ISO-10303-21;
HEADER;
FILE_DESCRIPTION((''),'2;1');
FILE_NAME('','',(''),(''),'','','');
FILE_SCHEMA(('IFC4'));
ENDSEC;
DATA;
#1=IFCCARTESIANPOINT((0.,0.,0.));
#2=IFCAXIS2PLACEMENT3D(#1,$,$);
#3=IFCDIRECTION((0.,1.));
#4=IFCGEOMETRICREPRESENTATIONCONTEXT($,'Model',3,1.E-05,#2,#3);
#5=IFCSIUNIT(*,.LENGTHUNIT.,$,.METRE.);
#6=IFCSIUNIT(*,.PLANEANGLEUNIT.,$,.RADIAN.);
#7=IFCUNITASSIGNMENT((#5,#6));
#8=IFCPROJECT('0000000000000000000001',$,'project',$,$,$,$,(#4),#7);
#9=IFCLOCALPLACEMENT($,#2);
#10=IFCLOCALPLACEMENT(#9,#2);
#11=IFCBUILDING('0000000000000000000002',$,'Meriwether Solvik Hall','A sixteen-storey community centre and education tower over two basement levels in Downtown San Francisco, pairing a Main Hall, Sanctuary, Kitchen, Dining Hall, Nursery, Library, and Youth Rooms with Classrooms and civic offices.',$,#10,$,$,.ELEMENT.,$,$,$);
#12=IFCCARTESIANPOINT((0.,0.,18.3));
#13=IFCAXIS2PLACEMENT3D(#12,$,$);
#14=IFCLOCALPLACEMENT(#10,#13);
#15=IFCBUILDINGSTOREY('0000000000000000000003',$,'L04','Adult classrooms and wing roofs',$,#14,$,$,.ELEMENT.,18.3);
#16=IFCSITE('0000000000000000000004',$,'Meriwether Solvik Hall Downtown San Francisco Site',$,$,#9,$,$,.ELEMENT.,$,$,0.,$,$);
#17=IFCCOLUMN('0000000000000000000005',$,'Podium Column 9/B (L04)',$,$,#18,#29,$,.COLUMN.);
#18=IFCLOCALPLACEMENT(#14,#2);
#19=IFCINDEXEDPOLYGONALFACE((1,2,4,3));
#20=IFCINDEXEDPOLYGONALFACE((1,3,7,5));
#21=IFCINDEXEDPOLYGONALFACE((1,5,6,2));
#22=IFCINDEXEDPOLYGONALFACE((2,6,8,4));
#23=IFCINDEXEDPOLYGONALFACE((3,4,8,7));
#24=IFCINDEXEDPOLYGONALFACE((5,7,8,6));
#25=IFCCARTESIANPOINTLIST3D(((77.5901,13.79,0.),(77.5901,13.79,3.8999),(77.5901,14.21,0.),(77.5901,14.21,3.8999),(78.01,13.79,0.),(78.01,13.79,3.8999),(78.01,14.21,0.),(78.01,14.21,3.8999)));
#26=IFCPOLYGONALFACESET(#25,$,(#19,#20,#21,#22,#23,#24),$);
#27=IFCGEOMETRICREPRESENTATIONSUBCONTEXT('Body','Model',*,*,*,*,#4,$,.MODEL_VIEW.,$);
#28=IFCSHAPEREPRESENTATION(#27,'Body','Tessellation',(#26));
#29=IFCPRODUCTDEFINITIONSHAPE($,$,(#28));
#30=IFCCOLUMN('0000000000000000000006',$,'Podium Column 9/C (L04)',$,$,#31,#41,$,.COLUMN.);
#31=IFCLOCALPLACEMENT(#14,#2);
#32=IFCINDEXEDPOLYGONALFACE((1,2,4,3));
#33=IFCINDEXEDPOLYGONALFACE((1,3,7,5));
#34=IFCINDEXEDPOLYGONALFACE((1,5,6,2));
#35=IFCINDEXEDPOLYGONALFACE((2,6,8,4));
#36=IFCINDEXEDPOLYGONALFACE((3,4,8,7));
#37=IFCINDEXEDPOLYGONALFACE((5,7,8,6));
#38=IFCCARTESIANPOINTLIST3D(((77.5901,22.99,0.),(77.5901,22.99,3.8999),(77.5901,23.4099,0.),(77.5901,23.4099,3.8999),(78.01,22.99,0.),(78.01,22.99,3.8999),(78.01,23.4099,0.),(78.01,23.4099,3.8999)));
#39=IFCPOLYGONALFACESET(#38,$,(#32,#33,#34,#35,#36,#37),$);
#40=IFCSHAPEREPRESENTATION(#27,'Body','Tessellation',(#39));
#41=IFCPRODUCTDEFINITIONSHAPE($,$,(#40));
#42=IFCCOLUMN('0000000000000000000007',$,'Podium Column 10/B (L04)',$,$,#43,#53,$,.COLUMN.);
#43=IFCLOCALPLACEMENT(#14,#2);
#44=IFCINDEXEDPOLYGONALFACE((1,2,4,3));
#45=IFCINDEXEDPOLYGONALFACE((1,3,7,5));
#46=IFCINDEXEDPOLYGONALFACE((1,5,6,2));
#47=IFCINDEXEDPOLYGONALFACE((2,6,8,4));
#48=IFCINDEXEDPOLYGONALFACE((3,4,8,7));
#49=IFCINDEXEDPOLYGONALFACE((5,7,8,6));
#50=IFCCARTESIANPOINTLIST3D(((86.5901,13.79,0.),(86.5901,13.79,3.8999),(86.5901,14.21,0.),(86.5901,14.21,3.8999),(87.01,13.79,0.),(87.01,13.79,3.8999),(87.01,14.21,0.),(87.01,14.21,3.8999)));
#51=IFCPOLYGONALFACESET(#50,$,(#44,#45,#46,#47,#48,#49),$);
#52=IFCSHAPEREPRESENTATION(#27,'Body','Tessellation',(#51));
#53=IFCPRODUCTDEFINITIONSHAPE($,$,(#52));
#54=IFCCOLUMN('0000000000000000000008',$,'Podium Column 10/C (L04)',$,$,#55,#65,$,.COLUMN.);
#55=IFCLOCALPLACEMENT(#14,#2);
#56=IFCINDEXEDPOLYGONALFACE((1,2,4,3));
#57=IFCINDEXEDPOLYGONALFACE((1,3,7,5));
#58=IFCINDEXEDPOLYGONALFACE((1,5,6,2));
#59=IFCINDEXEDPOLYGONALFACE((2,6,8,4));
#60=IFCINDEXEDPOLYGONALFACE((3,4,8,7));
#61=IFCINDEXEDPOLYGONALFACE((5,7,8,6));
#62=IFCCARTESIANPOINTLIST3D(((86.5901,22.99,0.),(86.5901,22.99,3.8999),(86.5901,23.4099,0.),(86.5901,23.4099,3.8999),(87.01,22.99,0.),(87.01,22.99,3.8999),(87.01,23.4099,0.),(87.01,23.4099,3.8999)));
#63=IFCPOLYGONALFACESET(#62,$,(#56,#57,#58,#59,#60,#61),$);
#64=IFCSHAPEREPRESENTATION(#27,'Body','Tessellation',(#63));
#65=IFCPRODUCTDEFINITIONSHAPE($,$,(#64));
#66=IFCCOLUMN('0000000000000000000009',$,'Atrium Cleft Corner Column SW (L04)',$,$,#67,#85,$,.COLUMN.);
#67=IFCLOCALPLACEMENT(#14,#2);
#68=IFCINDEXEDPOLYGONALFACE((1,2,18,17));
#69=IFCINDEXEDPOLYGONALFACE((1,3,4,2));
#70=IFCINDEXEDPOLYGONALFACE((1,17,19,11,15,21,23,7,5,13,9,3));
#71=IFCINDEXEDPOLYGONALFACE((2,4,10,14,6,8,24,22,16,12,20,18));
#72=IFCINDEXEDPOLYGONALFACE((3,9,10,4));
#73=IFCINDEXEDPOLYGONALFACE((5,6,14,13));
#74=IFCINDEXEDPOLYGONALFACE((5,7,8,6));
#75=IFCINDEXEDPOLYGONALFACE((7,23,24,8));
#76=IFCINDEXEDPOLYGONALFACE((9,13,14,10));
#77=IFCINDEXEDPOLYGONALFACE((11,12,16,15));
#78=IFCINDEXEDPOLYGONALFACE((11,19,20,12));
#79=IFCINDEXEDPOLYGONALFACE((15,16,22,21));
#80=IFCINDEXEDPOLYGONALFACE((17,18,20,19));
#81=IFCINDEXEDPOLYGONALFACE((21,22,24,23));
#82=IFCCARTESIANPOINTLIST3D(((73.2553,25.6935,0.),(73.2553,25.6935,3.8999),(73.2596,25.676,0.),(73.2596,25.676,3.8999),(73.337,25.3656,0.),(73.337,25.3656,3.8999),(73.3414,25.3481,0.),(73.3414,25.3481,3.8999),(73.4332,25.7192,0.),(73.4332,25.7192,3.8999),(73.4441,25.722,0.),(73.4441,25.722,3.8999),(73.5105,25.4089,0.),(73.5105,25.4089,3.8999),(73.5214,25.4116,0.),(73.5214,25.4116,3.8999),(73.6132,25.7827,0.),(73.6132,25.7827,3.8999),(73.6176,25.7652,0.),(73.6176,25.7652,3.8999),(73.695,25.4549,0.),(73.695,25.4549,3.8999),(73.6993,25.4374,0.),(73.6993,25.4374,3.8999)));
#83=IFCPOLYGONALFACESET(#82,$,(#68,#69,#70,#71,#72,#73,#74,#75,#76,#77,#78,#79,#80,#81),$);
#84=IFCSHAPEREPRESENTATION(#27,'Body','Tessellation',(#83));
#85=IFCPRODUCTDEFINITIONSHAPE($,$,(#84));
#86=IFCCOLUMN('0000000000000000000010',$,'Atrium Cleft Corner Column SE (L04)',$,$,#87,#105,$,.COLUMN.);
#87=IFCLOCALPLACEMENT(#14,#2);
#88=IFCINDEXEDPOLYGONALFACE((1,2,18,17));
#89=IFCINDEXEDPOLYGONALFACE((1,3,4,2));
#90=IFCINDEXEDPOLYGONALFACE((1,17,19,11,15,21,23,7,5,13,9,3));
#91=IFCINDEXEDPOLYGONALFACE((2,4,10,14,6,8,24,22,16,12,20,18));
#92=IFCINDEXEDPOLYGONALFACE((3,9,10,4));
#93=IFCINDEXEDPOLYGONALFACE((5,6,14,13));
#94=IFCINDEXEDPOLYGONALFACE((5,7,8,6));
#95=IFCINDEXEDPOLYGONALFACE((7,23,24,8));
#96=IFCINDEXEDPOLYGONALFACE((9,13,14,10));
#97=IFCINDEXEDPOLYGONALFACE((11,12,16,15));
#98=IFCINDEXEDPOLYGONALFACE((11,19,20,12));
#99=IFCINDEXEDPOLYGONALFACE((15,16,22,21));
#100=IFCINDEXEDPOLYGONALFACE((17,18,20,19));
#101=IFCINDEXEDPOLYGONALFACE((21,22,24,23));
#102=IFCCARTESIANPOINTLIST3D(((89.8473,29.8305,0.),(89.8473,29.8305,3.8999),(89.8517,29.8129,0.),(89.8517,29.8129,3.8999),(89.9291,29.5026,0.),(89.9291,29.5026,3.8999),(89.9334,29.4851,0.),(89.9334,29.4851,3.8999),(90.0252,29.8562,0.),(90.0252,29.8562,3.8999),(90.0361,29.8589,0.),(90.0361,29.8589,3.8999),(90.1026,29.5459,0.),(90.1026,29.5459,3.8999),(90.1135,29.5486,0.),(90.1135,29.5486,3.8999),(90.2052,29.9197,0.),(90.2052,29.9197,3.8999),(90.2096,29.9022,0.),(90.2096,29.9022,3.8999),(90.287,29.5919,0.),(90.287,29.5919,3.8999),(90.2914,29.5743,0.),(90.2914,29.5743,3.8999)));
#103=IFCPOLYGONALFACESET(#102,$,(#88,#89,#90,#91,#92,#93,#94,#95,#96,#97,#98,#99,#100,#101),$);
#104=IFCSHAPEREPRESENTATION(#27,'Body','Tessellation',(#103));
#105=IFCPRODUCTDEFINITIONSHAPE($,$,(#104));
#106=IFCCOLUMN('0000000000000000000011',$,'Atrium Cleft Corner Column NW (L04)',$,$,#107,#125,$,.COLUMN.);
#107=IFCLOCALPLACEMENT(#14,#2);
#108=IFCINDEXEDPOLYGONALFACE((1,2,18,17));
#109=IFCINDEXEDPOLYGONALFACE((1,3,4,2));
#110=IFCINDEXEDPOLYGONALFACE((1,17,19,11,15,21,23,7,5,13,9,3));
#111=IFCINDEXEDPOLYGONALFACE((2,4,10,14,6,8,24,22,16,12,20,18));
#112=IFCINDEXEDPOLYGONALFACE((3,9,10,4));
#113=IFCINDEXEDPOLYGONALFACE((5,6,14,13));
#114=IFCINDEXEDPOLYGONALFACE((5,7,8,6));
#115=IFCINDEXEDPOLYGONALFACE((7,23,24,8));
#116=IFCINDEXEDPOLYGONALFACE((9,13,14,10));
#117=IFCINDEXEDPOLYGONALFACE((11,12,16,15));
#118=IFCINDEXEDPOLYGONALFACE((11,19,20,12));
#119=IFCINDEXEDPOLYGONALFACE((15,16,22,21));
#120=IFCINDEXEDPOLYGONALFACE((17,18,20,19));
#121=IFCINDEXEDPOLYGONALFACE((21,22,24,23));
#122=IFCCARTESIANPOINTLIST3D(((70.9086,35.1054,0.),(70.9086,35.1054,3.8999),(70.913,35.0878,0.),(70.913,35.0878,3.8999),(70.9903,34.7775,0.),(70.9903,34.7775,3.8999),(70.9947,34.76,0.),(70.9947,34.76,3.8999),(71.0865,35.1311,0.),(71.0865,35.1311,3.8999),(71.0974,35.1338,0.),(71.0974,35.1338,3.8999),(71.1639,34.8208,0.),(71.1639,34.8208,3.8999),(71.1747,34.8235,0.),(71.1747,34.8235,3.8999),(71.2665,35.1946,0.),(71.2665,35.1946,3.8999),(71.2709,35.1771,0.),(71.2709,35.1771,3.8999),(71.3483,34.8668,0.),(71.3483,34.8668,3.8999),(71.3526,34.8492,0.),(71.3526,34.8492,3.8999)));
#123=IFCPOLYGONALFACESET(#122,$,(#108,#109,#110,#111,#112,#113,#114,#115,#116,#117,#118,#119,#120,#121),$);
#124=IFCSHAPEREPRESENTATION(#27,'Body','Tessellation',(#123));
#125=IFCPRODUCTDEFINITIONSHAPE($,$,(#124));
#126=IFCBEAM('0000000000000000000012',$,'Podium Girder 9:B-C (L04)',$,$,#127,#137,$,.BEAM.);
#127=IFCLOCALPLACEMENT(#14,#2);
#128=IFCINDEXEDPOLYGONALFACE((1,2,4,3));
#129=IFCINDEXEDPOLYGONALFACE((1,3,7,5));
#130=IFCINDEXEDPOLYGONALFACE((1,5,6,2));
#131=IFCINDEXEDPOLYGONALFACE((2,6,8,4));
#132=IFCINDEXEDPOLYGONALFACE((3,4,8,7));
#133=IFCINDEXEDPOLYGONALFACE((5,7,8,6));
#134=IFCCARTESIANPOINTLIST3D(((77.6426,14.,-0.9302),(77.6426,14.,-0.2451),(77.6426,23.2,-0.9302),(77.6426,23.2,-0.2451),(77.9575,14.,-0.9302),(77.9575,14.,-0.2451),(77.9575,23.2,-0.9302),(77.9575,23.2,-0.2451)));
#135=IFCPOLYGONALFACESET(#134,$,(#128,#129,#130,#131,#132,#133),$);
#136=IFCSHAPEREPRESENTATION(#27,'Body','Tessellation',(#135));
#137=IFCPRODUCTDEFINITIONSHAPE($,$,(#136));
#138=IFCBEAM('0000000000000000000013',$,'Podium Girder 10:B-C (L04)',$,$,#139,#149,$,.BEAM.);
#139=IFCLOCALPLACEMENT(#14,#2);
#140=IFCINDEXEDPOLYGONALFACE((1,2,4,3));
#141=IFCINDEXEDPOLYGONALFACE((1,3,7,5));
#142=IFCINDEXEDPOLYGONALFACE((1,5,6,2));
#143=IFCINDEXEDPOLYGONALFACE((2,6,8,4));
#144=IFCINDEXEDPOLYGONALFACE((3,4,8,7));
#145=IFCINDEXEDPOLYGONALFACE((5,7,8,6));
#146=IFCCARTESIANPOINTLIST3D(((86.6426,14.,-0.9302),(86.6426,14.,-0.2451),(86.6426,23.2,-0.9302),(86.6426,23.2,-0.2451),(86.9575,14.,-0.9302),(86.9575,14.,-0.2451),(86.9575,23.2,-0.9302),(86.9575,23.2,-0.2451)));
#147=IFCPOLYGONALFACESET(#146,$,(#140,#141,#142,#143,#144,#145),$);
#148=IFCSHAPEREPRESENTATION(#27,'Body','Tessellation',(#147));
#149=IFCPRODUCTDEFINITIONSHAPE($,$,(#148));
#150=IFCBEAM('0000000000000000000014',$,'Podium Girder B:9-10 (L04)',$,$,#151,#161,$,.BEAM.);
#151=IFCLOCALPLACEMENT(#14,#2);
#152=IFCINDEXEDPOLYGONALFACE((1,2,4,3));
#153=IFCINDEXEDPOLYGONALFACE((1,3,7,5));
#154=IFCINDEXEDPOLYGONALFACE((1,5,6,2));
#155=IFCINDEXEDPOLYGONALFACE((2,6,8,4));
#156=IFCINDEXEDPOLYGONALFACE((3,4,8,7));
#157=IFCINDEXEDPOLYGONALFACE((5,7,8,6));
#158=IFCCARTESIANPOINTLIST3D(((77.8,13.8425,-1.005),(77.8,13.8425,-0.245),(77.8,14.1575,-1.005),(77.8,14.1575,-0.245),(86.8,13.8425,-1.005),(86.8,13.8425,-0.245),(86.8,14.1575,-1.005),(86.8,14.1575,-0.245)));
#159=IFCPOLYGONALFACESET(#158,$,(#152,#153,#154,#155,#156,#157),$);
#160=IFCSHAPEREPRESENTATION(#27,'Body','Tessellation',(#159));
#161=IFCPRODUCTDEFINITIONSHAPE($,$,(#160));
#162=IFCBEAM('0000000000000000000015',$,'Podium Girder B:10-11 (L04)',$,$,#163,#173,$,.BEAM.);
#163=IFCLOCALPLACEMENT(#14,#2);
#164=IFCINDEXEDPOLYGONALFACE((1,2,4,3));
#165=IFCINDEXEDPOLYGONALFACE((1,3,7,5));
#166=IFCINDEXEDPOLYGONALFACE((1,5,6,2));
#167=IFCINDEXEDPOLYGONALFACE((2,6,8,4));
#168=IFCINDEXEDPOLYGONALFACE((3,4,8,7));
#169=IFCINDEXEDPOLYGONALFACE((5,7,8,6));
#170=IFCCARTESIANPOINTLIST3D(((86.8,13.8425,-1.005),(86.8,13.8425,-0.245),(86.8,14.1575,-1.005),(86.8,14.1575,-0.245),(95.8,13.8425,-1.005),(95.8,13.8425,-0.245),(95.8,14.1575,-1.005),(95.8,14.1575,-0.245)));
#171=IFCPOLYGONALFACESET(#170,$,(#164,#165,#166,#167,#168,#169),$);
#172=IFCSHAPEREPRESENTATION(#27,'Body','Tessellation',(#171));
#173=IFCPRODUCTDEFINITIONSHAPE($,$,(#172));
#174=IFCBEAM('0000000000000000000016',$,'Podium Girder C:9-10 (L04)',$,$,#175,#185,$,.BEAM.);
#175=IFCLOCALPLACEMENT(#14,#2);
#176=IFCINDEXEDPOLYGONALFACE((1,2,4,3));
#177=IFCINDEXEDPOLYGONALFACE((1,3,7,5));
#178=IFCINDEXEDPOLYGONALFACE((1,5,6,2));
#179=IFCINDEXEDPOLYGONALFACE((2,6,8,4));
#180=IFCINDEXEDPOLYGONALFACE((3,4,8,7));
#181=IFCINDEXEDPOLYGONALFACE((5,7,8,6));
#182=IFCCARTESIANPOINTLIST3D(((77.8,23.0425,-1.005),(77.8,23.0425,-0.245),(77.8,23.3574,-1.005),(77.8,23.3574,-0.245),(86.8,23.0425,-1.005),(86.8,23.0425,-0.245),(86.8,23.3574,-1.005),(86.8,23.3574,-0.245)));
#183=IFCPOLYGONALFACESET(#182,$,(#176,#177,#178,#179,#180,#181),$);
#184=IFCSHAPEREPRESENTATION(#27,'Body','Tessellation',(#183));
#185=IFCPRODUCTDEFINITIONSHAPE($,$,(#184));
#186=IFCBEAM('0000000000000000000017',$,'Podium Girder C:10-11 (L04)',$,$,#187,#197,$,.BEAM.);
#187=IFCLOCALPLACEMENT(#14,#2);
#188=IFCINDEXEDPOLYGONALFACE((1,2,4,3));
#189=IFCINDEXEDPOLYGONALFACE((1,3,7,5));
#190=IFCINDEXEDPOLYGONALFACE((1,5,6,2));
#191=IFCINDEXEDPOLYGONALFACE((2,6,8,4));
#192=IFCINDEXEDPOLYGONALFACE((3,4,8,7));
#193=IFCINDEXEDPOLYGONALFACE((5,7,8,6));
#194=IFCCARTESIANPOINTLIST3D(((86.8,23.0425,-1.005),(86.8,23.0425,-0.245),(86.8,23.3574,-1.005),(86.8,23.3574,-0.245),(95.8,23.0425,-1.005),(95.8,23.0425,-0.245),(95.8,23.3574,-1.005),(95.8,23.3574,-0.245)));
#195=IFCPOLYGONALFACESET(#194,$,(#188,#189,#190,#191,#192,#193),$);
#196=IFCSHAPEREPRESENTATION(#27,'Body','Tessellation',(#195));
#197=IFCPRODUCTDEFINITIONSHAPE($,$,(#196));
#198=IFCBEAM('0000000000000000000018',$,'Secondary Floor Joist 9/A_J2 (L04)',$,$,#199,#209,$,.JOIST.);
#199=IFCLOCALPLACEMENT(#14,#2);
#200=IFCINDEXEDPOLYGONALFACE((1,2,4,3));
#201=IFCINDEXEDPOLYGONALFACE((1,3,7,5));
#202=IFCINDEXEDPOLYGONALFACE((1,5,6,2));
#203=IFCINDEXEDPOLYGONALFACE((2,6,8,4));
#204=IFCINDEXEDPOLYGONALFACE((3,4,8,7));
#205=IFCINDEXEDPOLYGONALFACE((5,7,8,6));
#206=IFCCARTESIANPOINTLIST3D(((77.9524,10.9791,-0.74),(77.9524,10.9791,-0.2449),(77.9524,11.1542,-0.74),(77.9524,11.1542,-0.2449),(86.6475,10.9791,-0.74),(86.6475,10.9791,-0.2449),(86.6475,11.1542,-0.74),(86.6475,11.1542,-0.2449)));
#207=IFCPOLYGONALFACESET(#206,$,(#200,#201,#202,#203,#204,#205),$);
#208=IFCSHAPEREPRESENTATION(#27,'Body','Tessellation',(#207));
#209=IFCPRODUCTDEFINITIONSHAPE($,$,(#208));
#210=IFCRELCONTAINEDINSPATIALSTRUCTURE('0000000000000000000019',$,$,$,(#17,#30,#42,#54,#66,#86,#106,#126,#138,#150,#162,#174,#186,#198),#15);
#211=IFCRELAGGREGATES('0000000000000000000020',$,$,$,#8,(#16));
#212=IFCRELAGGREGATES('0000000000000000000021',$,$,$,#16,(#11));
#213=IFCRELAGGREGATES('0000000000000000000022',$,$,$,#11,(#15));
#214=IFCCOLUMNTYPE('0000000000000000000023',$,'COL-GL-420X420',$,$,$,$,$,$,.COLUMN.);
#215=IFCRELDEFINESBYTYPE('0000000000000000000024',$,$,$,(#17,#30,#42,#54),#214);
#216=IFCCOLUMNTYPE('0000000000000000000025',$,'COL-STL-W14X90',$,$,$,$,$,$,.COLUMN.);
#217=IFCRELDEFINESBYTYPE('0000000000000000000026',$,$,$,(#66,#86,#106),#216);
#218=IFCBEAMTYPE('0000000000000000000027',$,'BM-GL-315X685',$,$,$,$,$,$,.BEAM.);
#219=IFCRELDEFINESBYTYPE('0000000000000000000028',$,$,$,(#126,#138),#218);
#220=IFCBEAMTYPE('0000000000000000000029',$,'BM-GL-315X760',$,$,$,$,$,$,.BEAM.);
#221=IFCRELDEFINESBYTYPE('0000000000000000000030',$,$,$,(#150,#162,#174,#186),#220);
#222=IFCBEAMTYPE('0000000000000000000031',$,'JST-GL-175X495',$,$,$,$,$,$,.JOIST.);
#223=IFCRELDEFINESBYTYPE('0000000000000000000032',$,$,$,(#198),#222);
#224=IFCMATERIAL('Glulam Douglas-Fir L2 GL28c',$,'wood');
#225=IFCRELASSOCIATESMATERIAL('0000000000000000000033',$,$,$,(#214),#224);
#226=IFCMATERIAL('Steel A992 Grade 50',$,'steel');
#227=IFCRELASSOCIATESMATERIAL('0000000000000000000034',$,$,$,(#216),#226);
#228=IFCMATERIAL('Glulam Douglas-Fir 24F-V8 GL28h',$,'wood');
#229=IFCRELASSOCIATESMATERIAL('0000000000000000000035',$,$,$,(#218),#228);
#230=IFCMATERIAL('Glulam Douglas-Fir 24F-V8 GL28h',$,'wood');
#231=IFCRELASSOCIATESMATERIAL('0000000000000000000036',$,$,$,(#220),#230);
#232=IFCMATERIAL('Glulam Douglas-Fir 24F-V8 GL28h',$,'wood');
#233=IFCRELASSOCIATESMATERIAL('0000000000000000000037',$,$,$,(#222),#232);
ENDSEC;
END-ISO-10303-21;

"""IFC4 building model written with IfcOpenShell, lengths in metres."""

from ifc_helpers import new_model, si_unit, direction, frame, origin, origin_2d, place, context, subcontext, project, spatial, rectangle, i_section, extrude, material, material_profile, profile_set, type_object, element, save


model = new_model("IFC4")

# Units and contexts
model_context = context("Model", 3, precision=1e-05, world=origin(), true_north=direction((0.0, 1.0)))
body_context = subcontext(model_context, "Body", "Model", "MODEL_VIEW")
ifc_project = project(units=[si_unit("LENGTHUNIT", "METRE"), si_unit("PLANEANGLEUNIT", "RADIAN")], contexts=[model_context])

# Site, building, storey
site_placement = place(None, origin())
site = spatial("IfcSite", under=ifc_project, at=site_placement, Name="Meriwether Solvik Hall Downtown San Francisco Site", CompositionType="ELEMENT", RefElevation=0.0)
building_placement = place(site_placement, origin())
building = spatial("IfcBuilding", under=site, at=building_placement, Name="Meriwether Solvik Hall", Description="A sixteen-storey community centre and education tower over two basement levels in Downtown San Francisco, pairing a Main Hall, Sanctuary, Kitchen, Dining Hall, Nursery, Library, and Youth Rooms with Classrooms and civic offices.", CompositionType="ELEMENT")
storey_placement = place(building_placement, frame((0.0, 0.0, 18.3)))
storey = spatial("IfcBuildingStorey", under=building, at=storey_placement, Name="L04", Description="Adult classrooms and wing roofs", CompositionType="ELEMENT", Elevation=18.3)

# Columns
ifc_material_1 = material(Name="Glulam Douglas-Fir L2 GL28c", Category="wood")
ifc_material_profile_1 = material_profile(ifc_material_1, rectangle(XDim=0.4199, YDim=0.4199, at=origin_2d()), Name="GLC-420X420")
ifc_profile_set_1 = profile_set([ifc_material_profile_1], Name="Glulam Douglas-Fir L2 GL28c")
column_type_1 = type_object("IfcColumnType", Name="COL-GL-420X420", PredefinedType="COLUMN", material=ifc_profile_set_1)
for number, where, z_axis, x_axis, name in (
    (1, (77.8, 14.0, 0.0), (0.0, 0.0, 1.0), (1.0, 0.0, 0.0), "Podium Column 9/B (L04)"),
    (2, (77.8, 23.2, 0.0), (0.0, 0.0, 1.0), (1.0, 0.0, 0.0), "Podium Column 9/C (L04)"),
    (3, (86.8, 14.0, 0.0), (0.0, 0.0, 1.0), (1.0, 0.0, 0.0), "Podium Column 10/B (L04)"),
    (4, (86.8, 23.2, 0.0), (0.0, 0.0, 1.0), (1.0, 0.0, 0.0), "Podium Column 10/C (L04)"),
):
    element("IfcColumn", number, at=place(storey_placement, frame(where, z_axis=z_axis, x_axis=x_axis)), inside=storey, type_object=column_type_1, Name=name, PredefinedType="COLUMN", context=body_context, shape_type="SweptSolid", body=[
        extrude(rectangle(XDim=0.4199, YDim=0.4199, at=origin_2d()), origin(), (0.0, 0.0, 1.0), 3.8999),
    ])
ifc_material_2 = material(Name="Steel A992 Grade 50", Category="steel")
ifc_material_profile_2 = material_profile(ifc_material_2, i_section(OverallWidth=0.3689, OverallDepth=0.356, WebThickness=0.0112, FlangeThickness=0.0181, at=origin_2d()), Name="W14X90")
ifc_profile_set_2 = profile_set([ifc_material_profile_2], Name="Steel A992 Grade 50")
column_type_2 = type_object("IfcColumnType", Name="COL-STL-W14X90", PredefinedType="COLUMN", material=ifc_profile_set_2)
for number, where, z_axis, x_axis, name in (
    (5, (73.4773, 25.5654, 0.0), (0.0, 0.0, 1.0), (0.970296, 0.241922, 0.0), "Atrium Cleft Corner Column SW (L04)"),
    (6, (90.0693, 29.7024, 0.0), (0.0, 0.0, 1.0), (0.970296, 0.241922, 0.0), "Atrium Cleft Corner Column SE (L04)"),
    (7, (71.1306, 34.9773, 0.0), (0.0, 0.0, 1.0), (0.970296, 0.241922, 0.0), "Atrium Cleft Corner Column NW (L04)"),
):
    element("IfcColumn", number, at=place(storey_placement, frame(where, z_axis=z_axis, x_axis=x_axis)), inside=storey, type_object=column_type_2, Name=name, PredefinedType="COLUMN", context=body_context, shape_type="SweptSolid", body=[
        extrude(i_section(OverallWidth=0.3689, OverallDepth=0.356, WebThickness=0.0112, FlangeThickness=0.0181, at=origin_2d()), origin(), (0.0, 0.0, 1.0), 3.8999),
    ])

# Beams
ifc_material_3 = material(Name="Glulam Douglas-Fir 24F-V8 GL28h", Category="wood")
ifc_material_profile_3 = material_profile(ifc_material_3, rectangle(XDim=0.3149, YDim=0.6851, at=origin_2d()), Name="GLB-315X685")
ifc_profile_set_3 = profile_set([ifc_material_profile_3], Name="Glulam Douglas-Fir 24F-V8 GL28h")
beam_type_1 = type_object("IfcBeamType", Name="BM-GL-315X685", PredefinedType="BEAM", material=ifc_profile_set_3)
for number, where, z_axis, x_axis, name in (
    (8, (77.8, 14.0, -0.5876), (0.0, 1.0, 0.0), (-1.0, 0.0, 0.0), "Podium Girder 9:B-C (L04)"),
    (9, (86.8, 14.0, -0.5876), (0.0, 1.0, 0.0), (-1.0, 0.0, 0.0), "Podium Girder 10:B-C (L04)"),
):
    element("IfcBeam", number, at=place(storey_placement, frame(where, z_axis=z_axis, x_axis=x_axis)), inside=storey, type_object=beam_type_1, Name=name, PredefinedType="BEAM", context=body_context, shape_type="SweptSolid", body=[
        extrude(rectangle(XDim=0.3149, YDim=0.6851, at=origin_2d()), origin(), (0.0, 0.0, 1.0), 9.2),
    ])
ifc_material_4 = material(Name="Glulam Douglas-Fir 24F-V8 GL28h", Category="wood")
ifc_material_profile_4 = material_profile(ifc_material_4, rectangle(XDim=0.3149, YDim=0.76, at=origin_2d()), Name="GLB-315X760")
ifc_profile_set_4 = profile_set([ifc_material_profile_4], Name="Glulam Douglas-Fir 24F-V8 GL28h")
beam_type_2 = type_object("IfcBeamType", Name="BM-GL-315X760", PredefinedType="BEAM", material=ifc_profile_set_4)
for number, where, z_axis, x_axis, name in (
    (10, (77.8, 14.0, -0.625), (1.0, 0.0, 0.0), (0.0, 1.0, 0.0), "Podium Girder B:9-10 (L04)"),
    (11, (86.8, 14.0, -0.625), (1.0, 0.0, 0.0), (0.0, 1.0, 0.0), "Podium Girder B:10-11 (L04)"),
    (12, (77.8, 23.2, -0.625), (1.0, 0.0, 0.0), (0.0, 1.0, 0.0), "Podium Girder C:9-10 (L04)"),
    (13, (86.8, 23.2, -0.625), (1.0, 0.0, 0.0), (0.0, 1.0, 0.0), "Podium Girder C:10-11 (L04)"),
):
    element("IfcBeam", number, at=place(storey_placement, frame(where, z_axis=z_axis, x_axis=x_axis)), inside=storey, type_object=beam_type_2, Name=name, PredefinedType="BEAM", context=body_context, shape_type="SweptSolid", body=[
        extrude(rectangle(XDim=0.3149, YDim=0.76, at=origin_2d()), origin(), (0.0, 0.0, 1.0), 9.0),
    ])
ifc_material_5 = material(Name="Glulam Douglas-Fir 24F-V8 GL28h", Category="wood")
ifc_material_profile_5 = material_profile(ifc_material_5, rectangle(XDim=0.175, YDim=0.4951, at=origin_2d()), Name="GLJ-175X495")
ifc_profile_set_5 = profile_set([ifc_material_profile_5], Name="Glulam Douglas-Fir 24F-V8 GL28h")
beam_type_3 = type_object("IfcBeamType", Name="JST-GL-175X495", PredefinedType="JOIST", material=ifc_profile_set_5)
for number, where, z_axis, x_axis, name in (
    (14, (77.9524, 11.0667, -0.4924), (1.0, 0.0, 0.0), (0.0, 1.0, 0.0), "Secondary Floor Joist 9/A_J2 (L04)"),
):
    element("IfcBeam", number, at=place(storey_placement, frame(where, z_axis=z_axis, x_axis=x_axis)), inside=storey, type_object=beam_type_3, Name=name, PredefinedType="JOIST", context=body_context, shape_type="SweptSolid", body=[
        extrude(rectangle(XDim=0.175, YDim=0.4951, at=origin_2d()), origin(), (0.0, 0.0, 1.0), 8.6951),
    ])

save(model, "model.ifc")
